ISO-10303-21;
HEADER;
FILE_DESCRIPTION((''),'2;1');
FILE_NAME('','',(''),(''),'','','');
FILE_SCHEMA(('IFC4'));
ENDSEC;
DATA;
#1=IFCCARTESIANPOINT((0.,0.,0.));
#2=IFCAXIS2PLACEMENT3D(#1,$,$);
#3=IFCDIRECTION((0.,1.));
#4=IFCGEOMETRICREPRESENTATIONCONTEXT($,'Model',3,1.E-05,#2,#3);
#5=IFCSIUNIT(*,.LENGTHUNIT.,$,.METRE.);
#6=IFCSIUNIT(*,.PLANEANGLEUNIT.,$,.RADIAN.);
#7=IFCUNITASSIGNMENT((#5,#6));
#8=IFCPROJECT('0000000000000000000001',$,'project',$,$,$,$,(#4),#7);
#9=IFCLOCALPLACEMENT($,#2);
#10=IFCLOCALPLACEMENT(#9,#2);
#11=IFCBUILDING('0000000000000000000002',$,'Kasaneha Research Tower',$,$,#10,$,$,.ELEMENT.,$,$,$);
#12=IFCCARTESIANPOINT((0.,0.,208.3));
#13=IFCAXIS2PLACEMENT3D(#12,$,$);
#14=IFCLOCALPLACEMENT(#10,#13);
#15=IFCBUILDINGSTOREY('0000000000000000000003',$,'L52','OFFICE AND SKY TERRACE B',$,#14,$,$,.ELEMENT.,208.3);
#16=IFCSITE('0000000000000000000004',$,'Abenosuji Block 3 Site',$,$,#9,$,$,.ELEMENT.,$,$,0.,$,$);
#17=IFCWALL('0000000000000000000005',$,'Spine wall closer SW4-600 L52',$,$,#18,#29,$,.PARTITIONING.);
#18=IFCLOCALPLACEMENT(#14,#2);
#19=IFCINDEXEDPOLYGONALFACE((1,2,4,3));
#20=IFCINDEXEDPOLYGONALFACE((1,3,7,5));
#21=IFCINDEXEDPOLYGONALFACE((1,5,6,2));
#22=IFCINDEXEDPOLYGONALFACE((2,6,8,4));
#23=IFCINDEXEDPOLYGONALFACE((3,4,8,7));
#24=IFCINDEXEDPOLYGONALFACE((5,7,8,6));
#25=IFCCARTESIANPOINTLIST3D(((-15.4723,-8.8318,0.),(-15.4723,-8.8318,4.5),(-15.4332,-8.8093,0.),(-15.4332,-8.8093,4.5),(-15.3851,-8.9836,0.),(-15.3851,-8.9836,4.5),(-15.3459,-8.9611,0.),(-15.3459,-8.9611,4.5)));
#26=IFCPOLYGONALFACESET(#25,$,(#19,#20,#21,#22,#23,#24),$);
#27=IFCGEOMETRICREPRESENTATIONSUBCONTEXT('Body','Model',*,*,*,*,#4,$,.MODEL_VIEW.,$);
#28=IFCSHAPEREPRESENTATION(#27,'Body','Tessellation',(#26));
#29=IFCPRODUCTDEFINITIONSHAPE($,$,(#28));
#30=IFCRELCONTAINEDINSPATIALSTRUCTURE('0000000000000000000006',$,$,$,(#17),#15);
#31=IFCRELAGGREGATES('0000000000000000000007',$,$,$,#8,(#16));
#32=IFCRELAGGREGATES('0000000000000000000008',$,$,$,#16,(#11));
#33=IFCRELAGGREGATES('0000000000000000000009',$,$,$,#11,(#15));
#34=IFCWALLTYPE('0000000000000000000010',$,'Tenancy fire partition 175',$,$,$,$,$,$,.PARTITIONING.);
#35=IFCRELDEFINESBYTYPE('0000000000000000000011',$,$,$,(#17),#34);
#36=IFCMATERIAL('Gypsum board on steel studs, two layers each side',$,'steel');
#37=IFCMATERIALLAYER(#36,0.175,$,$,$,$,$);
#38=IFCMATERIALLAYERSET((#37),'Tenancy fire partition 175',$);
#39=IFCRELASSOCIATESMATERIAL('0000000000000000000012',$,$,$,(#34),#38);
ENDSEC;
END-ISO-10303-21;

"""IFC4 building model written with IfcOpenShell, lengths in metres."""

from ifc_helpers import new_model, si_unit, direction, frame, frame_2d, origin, place, context, subcontext, project, spatial, rectangle, extrude, material, layer, layer_set, type_object, element, save


model = new_model("IFC4")

# Units and contexts
model_context = context("Model", 3, precision=1e-05, world=origin(), true_north=direction((0.0, 1.0)))
body_context = subcontext(model_context, "Body", "Model", "MODEL_VIEW")
ifc_project = project(units=[si_unit("LENGTHUNIT", "METRE"), si_unit("PLANEANGLEUNIT", "RADIAN")], contexts=[model_context])

# Site, building, storey
site_placement = place(None, origin())
site = spatial("IfcSite", under=ifc_project, at=site_placement, Name="Abenosuji Block 3 Site", CompositionType="ELEMENT", RefElevation=0.0)
building_placement = place(site_placement, origin())
building = spatial("IfcBuilding", under=site, at=building_placement, Name="Kasaneha Research Tower", CompositionType="ELEMENT")
storey_placement = place(building_placement, frame((0.0, 0.0, 208.3)))
storey = spatial("IfcBuildingStorey", under=building, at=storey_placement, Name="L52", Description="OFFICE AND SKY TERRACE B", CompositionType="ELEMENT", Elevation=208.3)

# Wall
ifc_material_1 = material(Name="Gypsum board on steel studs, two layers each side", Category="steel")
ifc_layer_1 = layer(ifc_material_1, 0.175)
ifc_layer_set_1 = layer_set([ifc_layer_1], Name="Tenancy fire partition 175")
wall_type_1 = type_object("IfcWallType", Name="Tenancy fire partition 175", PredefinedType="PARTITIONING", material=ifc_layer_set_1)
wall_1_placement = place(storey_placement, frame((-15.3896, -8.8853, 0.0), z_axis=(0.0, 0.0, 1.0), x_axis=(-0.866906, -0.498471, 0.0)))
element("IfcWall", 1, at=wall_1_placement, inside=storey, type_object=wall_type_1, Name="Spine wall closer SW4-600 L52", PredefinedType="PARTITIONING", context=body_context, shape_type="SweptSolid", body=[
    extrude(rectangle(XDim=0.0452, YDim=0.175, at=frame_2d((0.0225, 0.0))), origin(), (0.0, 0.0, 1.0), 4.5),
])

save(model, "model.ifc")
